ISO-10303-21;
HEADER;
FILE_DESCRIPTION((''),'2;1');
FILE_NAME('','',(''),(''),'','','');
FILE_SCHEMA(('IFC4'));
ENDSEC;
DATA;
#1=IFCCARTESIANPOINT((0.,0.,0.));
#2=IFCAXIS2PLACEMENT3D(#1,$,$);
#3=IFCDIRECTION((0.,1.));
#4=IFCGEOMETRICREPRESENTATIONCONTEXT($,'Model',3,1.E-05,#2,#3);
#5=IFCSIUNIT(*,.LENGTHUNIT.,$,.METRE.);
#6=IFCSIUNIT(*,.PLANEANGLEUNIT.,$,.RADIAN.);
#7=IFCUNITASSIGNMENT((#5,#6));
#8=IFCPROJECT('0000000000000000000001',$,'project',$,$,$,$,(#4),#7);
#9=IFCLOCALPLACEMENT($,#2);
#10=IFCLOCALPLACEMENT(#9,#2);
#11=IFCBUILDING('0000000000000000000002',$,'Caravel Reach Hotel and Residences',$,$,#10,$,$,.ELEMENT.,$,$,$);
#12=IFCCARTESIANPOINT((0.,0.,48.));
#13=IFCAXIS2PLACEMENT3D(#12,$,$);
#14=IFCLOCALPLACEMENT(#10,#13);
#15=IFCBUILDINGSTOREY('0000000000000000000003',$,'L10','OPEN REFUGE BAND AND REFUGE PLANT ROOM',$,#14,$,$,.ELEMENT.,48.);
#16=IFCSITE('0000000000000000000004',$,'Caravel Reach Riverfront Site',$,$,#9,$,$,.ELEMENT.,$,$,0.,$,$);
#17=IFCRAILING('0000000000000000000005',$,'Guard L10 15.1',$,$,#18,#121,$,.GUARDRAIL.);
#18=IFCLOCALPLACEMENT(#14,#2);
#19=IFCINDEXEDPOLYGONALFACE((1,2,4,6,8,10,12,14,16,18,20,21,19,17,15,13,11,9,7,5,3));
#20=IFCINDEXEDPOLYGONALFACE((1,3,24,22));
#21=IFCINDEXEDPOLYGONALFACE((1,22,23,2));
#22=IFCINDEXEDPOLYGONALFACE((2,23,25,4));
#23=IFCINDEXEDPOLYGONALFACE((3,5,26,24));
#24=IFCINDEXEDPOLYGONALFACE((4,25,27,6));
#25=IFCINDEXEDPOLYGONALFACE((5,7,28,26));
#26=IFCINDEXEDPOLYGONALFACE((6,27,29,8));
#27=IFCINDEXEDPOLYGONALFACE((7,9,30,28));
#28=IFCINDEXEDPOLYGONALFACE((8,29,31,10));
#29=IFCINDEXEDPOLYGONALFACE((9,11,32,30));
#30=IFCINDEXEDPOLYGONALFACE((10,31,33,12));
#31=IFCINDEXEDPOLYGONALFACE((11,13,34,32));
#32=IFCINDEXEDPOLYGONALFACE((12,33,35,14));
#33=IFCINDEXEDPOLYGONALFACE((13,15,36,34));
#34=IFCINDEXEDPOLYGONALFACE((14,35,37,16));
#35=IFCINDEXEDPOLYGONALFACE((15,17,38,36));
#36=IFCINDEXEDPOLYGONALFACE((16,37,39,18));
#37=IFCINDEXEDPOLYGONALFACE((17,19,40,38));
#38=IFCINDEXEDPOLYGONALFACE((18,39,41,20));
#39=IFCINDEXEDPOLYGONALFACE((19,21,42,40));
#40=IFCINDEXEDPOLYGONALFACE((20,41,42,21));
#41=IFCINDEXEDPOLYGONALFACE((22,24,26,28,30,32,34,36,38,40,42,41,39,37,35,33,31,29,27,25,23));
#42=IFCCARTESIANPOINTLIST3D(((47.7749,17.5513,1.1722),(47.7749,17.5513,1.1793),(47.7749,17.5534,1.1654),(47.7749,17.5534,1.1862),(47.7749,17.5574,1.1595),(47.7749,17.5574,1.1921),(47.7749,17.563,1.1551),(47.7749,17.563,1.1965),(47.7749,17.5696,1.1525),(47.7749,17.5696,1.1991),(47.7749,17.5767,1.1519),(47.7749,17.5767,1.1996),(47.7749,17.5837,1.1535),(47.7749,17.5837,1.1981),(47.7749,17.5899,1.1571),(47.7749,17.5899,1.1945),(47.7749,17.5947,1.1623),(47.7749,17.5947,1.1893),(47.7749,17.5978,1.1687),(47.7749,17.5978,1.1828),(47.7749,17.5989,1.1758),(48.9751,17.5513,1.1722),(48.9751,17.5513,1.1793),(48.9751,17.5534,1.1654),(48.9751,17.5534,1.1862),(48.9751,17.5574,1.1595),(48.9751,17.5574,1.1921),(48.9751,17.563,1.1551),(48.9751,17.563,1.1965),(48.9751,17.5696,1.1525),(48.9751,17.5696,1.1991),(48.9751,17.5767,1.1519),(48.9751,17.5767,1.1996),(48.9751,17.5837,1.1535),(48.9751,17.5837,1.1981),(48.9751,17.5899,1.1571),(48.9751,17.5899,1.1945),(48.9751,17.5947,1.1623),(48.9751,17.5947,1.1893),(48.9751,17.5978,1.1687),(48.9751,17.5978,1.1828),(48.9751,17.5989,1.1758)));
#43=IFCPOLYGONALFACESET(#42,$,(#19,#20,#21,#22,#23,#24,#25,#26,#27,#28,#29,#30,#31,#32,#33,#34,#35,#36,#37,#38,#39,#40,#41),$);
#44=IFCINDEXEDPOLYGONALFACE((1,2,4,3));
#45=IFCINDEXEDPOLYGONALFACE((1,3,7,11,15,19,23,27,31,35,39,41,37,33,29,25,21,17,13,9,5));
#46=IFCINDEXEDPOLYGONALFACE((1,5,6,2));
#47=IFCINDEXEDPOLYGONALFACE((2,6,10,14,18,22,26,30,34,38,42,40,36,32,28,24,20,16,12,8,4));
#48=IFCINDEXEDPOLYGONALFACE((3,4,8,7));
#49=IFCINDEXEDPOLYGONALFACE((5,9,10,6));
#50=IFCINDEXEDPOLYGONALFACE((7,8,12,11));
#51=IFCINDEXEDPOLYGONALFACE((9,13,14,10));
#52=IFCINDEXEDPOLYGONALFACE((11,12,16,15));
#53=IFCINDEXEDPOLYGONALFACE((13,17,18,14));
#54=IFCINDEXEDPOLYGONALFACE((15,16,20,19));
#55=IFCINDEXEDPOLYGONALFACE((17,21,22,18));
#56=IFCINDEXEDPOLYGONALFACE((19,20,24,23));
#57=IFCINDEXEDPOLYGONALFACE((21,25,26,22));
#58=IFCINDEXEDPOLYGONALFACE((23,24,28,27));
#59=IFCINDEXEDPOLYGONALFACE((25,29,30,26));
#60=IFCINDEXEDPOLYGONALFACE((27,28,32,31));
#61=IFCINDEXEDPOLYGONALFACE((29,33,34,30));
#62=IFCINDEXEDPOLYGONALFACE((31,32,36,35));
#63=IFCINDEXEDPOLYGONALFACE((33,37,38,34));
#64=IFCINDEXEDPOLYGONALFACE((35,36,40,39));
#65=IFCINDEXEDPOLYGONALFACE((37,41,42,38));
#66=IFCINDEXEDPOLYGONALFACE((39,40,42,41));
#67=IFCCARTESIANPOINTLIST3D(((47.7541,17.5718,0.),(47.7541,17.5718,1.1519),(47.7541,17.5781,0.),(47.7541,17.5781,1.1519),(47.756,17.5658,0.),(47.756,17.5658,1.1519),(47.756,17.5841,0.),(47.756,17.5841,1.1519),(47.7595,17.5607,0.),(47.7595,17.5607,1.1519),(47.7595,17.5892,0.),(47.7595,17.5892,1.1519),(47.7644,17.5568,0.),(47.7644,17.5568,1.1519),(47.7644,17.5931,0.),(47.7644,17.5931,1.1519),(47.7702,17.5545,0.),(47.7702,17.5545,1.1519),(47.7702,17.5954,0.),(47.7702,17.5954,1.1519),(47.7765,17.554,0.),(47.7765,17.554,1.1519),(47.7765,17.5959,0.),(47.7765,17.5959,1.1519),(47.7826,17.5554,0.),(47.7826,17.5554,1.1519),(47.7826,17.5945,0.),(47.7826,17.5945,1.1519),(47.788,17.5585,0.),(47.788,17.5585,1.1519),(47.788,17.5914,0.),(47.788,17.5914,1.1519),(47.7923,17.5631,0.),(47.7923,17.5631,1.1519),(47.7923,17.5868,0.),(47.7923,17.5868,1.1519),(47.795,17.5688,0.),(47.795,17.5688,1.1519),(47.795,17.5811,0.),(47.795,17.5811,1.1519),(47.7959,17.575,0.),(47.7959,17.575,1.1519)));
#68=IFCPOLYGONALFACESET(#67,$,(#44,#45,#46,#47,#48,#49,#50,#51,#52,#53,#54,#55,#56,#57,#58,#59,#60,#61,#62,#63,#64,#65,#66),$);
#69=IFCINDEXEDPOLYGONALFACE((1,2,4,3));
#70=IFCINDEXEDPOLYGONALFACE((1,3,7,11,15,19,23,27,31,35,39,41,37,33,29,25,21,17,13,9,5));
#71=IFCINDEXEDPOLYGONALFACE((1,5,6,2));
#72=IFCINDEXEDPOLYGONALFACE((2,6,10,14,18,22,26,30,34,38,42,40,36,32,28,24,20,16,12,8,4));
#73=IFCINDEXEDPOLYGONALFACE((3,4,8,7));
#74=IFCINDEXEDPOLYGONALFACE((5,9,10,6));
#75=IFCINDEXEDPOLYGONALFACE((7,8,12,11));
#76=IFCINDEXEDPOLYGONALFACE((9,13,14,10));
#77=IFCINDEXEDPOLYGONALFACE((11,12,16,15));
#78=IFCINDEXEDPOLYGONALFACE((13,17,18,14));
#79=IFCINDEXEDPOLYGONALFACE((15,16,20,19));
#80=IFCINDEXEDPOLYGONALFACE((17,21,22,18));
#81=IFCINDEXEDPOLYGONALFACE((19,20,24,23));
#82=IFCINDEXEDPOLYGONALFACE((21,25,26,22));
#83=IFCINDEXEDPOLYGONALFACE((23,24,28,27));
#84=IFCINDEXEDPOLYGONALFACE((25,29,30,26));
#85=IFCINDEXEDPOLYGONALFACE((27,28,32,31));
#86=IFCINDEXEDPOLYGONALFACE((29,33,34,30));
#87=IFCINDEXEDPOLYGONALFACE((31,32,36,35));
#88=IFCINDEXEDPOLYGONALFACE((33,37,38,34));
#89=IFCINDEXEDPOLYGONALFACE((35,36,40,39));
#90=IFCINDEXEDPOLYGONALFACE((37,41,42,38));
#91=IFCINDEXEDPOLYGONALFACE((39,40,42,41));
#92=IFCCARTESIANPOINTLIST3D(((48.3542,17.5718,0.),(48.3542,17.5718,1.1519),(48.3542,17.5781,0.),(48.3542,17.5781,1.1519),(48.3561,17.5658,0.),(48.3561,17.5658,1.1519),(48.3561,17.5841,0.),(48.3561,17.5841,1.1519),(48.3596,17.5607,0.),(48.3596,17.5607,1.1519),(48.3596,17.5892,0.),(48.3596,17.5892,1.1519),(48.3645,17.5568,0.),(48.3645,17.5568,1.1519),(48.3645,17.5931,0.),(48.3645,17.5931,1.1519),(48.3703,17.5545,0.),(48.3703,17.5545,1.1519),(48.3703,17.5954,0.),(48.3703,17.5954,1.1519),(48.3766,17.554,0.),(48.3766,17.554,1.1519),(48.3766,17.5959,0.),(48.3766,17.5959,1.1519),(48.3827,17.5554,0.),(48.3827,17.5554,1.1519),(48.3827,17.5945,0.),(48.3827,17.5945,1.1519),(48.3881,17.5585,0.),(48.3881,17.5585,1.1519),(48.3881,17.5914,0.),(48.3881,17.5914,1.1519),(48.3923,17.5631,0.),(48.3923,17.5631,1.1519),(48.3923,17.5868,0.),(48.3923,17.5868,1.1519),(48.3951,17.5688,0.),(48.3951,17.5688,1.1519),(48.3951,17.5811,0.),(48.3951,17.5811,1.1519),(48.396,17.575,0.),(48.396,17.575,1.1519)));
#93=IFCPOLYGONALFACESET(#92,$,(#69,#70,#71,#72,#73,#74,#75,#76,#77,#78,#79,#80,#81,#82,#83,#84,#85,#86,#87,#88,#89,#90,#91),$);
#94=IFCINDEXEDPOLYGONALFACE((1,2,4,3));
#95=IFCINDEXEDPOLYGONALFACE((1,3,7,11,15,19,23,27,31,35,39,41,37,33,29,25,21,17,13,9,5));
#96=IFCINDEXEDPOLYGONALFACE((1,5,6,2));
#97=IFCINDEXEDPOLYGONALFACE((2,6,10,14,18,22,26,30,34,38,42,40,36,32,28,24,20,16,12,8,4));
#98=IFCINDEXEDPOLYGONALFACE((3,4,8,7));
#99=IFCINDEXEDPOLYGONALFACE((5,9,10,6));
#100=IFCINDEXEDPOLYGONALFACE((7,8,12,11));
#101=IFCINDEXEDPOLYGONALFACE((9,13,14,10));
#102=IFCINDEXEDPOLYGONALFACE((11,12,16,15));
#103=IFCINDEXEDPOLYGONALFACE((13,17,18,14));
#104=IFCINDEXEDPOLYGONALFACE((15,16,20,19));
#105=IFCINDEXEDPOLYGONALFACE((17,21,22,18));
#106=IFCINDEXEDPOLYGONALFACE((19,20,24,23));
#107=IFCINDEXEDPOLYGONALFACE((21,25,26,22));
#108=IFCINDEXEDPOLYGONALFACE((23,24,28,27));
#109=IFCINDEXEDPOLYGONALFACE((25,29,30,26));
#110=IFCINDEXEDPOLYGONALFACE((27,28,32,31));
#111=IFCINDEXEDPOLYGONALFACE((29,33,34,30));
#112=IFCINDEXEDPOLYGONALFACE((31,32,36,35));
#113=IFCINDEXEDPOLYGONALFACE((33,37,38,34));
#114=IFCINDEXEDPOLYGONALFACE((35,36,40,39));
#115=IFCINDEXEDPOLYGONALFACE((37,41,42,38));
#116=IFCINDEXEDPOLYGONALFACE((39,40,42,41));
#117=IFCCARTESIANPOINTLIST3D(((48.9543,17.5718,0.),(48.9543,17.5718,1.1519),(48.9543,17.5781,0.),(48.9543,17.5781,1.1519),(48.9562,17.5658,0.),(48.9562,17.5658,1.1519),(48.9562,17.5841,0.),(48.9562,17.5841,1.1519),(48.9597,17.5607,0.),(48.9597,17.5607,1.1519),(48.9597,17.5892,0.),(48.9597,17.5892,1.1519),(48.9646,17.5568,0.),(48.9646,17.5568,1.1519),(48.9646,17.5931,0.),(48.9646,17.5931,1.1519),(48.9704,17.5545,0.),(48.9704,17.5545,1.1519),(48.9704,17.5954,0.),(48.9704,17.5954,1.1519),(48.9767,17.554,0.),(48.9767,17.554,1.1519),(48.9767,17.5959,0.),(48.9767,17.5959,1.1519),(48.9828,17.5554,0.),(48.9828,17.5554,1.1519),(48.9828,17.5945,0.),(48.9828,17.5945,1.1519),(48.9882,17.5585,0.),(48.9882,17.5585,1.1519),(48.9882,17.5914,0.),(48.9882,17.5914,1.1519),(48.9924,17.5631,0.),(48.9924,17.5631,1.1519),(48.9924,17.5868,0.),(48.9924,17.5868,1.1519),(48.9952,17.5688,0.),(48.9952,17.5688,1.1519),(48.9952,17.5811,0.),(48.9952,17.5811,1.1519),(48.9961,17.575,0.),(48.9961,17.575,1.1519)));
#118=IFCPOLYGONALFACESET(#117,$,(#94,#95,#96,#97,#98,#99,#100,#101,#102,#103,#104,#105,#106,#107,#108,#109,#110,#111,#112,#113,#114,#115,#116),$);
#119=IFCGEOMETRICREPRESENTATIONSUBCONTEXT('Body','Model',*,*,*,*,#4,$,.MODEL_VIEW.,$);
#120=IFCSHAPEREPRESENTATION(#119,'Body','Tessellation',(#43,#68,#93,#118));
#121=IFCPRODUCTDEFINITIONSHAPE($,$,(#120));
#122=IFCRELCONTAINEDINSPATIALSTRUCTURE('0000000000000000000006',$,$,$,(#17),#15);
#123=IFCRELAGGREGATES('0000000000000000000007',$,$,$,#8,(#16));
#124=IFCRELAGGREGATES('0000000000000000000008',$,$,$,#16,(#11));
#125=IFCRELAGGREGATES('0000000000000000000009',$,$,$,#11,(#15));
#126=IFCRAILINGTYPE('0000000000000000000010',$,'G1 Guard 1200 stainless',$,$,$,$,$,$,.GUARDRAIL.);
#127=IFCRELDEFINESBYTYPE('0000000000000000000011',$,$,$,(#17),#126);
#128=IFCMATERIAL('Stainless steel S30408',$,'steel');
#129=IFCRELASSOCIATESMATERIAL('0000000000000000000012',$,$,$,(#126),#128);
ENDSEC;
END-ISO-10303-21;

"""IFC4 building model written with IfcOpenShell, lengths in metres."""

from ifc_helpers import new_model, si_unit, direction, frame, origin, origin_2d, place, context, subcontext, project, spatial, circle, extrude, material, type_object, element, save


model = new_model("IFC4")

# Units and contexts
model_context = context("Model", 3, precision=1e-05, world=origin(), true_north=direction((0.0, 1.0)))
body_context = subcontext(model_context, "Body", "Model", "MODEL_VIEW")
ifc_project = project(units=[si_unit("LENGTHUNIT", "METRE"), si_unit("PLANEANGLEUNIT", "RADIAN")], contexts=[model_context])

# Site, building, storey
site_placement = place(None, origin())
site = spatial("IfcSite", under=ifc_project, at=site_placement, Name="Caravel Reach Riverfront Site", CompositionType="ELEMENT", RefElevation=0.0)
building_placement = place(site_placement, origin())
building = spatial("IfcBuilding", under=site, at=building_placement, Name="Caravel Reach Hotel and Residences", CompositionType="ELEMENT")
storey_placement = place(building_placement, frame((0.0, 0.0, 48.0)))
storey = spatial("IfcBuildingStorey", under=building, at=storey_placement, Name="L10", Description="OPEN REFUGE BAND AND REFUGE PLANT ROOM", CompositionType="ELEMENT", Elevation=48.0)

# Railing
ifc_material_1 = material(Name="Stainless steel S30408", Category="steel")
railing_type_1 = type_object("IfcRailingType", Name="G1 Guard 1200 stainless", PredefinedType="GUARDRAIL", material=ifc_material_1)
railing_1_placement = place(storey_placement, frame((47.7749, 17.575, 0.0)))
element("IfcRailing", 1, at=railing_1_placement, inside=storey, type_object=railing_type_1, Name="Guard L10 15.1", PredefinedType="GUARDRAIL", context=body_context, shape_type="SweptSolid", body=[
    extrude(circle(Radius=0.0239, at=origin_2d()), frame((0.0, 0.0, 1.1758), z_axis=(1.0, 0.0, 0.0), x_axis=(0.0, 1.0, 0.0)), (0.0, 0.0, 1.0), 1.2002),
    extrude(circle(Radius=0.021, at=origin_2d()), origin(), (0.0, 0.0, 1.0), 1.1519),
    extrude(circle(Radius=0.021, at=origin_2d()), frame((0.6001, 0.0, 0.0)), (0.0, 0.0, 1.0), 1.1519),
    extrude(circle(Radius=0.021, at=origin_2d()), frame((1.2002, 0.0, 0.0)), (0.0, 0.0, 1.0), 1.1519),
])

save(model, "model.ifc")
